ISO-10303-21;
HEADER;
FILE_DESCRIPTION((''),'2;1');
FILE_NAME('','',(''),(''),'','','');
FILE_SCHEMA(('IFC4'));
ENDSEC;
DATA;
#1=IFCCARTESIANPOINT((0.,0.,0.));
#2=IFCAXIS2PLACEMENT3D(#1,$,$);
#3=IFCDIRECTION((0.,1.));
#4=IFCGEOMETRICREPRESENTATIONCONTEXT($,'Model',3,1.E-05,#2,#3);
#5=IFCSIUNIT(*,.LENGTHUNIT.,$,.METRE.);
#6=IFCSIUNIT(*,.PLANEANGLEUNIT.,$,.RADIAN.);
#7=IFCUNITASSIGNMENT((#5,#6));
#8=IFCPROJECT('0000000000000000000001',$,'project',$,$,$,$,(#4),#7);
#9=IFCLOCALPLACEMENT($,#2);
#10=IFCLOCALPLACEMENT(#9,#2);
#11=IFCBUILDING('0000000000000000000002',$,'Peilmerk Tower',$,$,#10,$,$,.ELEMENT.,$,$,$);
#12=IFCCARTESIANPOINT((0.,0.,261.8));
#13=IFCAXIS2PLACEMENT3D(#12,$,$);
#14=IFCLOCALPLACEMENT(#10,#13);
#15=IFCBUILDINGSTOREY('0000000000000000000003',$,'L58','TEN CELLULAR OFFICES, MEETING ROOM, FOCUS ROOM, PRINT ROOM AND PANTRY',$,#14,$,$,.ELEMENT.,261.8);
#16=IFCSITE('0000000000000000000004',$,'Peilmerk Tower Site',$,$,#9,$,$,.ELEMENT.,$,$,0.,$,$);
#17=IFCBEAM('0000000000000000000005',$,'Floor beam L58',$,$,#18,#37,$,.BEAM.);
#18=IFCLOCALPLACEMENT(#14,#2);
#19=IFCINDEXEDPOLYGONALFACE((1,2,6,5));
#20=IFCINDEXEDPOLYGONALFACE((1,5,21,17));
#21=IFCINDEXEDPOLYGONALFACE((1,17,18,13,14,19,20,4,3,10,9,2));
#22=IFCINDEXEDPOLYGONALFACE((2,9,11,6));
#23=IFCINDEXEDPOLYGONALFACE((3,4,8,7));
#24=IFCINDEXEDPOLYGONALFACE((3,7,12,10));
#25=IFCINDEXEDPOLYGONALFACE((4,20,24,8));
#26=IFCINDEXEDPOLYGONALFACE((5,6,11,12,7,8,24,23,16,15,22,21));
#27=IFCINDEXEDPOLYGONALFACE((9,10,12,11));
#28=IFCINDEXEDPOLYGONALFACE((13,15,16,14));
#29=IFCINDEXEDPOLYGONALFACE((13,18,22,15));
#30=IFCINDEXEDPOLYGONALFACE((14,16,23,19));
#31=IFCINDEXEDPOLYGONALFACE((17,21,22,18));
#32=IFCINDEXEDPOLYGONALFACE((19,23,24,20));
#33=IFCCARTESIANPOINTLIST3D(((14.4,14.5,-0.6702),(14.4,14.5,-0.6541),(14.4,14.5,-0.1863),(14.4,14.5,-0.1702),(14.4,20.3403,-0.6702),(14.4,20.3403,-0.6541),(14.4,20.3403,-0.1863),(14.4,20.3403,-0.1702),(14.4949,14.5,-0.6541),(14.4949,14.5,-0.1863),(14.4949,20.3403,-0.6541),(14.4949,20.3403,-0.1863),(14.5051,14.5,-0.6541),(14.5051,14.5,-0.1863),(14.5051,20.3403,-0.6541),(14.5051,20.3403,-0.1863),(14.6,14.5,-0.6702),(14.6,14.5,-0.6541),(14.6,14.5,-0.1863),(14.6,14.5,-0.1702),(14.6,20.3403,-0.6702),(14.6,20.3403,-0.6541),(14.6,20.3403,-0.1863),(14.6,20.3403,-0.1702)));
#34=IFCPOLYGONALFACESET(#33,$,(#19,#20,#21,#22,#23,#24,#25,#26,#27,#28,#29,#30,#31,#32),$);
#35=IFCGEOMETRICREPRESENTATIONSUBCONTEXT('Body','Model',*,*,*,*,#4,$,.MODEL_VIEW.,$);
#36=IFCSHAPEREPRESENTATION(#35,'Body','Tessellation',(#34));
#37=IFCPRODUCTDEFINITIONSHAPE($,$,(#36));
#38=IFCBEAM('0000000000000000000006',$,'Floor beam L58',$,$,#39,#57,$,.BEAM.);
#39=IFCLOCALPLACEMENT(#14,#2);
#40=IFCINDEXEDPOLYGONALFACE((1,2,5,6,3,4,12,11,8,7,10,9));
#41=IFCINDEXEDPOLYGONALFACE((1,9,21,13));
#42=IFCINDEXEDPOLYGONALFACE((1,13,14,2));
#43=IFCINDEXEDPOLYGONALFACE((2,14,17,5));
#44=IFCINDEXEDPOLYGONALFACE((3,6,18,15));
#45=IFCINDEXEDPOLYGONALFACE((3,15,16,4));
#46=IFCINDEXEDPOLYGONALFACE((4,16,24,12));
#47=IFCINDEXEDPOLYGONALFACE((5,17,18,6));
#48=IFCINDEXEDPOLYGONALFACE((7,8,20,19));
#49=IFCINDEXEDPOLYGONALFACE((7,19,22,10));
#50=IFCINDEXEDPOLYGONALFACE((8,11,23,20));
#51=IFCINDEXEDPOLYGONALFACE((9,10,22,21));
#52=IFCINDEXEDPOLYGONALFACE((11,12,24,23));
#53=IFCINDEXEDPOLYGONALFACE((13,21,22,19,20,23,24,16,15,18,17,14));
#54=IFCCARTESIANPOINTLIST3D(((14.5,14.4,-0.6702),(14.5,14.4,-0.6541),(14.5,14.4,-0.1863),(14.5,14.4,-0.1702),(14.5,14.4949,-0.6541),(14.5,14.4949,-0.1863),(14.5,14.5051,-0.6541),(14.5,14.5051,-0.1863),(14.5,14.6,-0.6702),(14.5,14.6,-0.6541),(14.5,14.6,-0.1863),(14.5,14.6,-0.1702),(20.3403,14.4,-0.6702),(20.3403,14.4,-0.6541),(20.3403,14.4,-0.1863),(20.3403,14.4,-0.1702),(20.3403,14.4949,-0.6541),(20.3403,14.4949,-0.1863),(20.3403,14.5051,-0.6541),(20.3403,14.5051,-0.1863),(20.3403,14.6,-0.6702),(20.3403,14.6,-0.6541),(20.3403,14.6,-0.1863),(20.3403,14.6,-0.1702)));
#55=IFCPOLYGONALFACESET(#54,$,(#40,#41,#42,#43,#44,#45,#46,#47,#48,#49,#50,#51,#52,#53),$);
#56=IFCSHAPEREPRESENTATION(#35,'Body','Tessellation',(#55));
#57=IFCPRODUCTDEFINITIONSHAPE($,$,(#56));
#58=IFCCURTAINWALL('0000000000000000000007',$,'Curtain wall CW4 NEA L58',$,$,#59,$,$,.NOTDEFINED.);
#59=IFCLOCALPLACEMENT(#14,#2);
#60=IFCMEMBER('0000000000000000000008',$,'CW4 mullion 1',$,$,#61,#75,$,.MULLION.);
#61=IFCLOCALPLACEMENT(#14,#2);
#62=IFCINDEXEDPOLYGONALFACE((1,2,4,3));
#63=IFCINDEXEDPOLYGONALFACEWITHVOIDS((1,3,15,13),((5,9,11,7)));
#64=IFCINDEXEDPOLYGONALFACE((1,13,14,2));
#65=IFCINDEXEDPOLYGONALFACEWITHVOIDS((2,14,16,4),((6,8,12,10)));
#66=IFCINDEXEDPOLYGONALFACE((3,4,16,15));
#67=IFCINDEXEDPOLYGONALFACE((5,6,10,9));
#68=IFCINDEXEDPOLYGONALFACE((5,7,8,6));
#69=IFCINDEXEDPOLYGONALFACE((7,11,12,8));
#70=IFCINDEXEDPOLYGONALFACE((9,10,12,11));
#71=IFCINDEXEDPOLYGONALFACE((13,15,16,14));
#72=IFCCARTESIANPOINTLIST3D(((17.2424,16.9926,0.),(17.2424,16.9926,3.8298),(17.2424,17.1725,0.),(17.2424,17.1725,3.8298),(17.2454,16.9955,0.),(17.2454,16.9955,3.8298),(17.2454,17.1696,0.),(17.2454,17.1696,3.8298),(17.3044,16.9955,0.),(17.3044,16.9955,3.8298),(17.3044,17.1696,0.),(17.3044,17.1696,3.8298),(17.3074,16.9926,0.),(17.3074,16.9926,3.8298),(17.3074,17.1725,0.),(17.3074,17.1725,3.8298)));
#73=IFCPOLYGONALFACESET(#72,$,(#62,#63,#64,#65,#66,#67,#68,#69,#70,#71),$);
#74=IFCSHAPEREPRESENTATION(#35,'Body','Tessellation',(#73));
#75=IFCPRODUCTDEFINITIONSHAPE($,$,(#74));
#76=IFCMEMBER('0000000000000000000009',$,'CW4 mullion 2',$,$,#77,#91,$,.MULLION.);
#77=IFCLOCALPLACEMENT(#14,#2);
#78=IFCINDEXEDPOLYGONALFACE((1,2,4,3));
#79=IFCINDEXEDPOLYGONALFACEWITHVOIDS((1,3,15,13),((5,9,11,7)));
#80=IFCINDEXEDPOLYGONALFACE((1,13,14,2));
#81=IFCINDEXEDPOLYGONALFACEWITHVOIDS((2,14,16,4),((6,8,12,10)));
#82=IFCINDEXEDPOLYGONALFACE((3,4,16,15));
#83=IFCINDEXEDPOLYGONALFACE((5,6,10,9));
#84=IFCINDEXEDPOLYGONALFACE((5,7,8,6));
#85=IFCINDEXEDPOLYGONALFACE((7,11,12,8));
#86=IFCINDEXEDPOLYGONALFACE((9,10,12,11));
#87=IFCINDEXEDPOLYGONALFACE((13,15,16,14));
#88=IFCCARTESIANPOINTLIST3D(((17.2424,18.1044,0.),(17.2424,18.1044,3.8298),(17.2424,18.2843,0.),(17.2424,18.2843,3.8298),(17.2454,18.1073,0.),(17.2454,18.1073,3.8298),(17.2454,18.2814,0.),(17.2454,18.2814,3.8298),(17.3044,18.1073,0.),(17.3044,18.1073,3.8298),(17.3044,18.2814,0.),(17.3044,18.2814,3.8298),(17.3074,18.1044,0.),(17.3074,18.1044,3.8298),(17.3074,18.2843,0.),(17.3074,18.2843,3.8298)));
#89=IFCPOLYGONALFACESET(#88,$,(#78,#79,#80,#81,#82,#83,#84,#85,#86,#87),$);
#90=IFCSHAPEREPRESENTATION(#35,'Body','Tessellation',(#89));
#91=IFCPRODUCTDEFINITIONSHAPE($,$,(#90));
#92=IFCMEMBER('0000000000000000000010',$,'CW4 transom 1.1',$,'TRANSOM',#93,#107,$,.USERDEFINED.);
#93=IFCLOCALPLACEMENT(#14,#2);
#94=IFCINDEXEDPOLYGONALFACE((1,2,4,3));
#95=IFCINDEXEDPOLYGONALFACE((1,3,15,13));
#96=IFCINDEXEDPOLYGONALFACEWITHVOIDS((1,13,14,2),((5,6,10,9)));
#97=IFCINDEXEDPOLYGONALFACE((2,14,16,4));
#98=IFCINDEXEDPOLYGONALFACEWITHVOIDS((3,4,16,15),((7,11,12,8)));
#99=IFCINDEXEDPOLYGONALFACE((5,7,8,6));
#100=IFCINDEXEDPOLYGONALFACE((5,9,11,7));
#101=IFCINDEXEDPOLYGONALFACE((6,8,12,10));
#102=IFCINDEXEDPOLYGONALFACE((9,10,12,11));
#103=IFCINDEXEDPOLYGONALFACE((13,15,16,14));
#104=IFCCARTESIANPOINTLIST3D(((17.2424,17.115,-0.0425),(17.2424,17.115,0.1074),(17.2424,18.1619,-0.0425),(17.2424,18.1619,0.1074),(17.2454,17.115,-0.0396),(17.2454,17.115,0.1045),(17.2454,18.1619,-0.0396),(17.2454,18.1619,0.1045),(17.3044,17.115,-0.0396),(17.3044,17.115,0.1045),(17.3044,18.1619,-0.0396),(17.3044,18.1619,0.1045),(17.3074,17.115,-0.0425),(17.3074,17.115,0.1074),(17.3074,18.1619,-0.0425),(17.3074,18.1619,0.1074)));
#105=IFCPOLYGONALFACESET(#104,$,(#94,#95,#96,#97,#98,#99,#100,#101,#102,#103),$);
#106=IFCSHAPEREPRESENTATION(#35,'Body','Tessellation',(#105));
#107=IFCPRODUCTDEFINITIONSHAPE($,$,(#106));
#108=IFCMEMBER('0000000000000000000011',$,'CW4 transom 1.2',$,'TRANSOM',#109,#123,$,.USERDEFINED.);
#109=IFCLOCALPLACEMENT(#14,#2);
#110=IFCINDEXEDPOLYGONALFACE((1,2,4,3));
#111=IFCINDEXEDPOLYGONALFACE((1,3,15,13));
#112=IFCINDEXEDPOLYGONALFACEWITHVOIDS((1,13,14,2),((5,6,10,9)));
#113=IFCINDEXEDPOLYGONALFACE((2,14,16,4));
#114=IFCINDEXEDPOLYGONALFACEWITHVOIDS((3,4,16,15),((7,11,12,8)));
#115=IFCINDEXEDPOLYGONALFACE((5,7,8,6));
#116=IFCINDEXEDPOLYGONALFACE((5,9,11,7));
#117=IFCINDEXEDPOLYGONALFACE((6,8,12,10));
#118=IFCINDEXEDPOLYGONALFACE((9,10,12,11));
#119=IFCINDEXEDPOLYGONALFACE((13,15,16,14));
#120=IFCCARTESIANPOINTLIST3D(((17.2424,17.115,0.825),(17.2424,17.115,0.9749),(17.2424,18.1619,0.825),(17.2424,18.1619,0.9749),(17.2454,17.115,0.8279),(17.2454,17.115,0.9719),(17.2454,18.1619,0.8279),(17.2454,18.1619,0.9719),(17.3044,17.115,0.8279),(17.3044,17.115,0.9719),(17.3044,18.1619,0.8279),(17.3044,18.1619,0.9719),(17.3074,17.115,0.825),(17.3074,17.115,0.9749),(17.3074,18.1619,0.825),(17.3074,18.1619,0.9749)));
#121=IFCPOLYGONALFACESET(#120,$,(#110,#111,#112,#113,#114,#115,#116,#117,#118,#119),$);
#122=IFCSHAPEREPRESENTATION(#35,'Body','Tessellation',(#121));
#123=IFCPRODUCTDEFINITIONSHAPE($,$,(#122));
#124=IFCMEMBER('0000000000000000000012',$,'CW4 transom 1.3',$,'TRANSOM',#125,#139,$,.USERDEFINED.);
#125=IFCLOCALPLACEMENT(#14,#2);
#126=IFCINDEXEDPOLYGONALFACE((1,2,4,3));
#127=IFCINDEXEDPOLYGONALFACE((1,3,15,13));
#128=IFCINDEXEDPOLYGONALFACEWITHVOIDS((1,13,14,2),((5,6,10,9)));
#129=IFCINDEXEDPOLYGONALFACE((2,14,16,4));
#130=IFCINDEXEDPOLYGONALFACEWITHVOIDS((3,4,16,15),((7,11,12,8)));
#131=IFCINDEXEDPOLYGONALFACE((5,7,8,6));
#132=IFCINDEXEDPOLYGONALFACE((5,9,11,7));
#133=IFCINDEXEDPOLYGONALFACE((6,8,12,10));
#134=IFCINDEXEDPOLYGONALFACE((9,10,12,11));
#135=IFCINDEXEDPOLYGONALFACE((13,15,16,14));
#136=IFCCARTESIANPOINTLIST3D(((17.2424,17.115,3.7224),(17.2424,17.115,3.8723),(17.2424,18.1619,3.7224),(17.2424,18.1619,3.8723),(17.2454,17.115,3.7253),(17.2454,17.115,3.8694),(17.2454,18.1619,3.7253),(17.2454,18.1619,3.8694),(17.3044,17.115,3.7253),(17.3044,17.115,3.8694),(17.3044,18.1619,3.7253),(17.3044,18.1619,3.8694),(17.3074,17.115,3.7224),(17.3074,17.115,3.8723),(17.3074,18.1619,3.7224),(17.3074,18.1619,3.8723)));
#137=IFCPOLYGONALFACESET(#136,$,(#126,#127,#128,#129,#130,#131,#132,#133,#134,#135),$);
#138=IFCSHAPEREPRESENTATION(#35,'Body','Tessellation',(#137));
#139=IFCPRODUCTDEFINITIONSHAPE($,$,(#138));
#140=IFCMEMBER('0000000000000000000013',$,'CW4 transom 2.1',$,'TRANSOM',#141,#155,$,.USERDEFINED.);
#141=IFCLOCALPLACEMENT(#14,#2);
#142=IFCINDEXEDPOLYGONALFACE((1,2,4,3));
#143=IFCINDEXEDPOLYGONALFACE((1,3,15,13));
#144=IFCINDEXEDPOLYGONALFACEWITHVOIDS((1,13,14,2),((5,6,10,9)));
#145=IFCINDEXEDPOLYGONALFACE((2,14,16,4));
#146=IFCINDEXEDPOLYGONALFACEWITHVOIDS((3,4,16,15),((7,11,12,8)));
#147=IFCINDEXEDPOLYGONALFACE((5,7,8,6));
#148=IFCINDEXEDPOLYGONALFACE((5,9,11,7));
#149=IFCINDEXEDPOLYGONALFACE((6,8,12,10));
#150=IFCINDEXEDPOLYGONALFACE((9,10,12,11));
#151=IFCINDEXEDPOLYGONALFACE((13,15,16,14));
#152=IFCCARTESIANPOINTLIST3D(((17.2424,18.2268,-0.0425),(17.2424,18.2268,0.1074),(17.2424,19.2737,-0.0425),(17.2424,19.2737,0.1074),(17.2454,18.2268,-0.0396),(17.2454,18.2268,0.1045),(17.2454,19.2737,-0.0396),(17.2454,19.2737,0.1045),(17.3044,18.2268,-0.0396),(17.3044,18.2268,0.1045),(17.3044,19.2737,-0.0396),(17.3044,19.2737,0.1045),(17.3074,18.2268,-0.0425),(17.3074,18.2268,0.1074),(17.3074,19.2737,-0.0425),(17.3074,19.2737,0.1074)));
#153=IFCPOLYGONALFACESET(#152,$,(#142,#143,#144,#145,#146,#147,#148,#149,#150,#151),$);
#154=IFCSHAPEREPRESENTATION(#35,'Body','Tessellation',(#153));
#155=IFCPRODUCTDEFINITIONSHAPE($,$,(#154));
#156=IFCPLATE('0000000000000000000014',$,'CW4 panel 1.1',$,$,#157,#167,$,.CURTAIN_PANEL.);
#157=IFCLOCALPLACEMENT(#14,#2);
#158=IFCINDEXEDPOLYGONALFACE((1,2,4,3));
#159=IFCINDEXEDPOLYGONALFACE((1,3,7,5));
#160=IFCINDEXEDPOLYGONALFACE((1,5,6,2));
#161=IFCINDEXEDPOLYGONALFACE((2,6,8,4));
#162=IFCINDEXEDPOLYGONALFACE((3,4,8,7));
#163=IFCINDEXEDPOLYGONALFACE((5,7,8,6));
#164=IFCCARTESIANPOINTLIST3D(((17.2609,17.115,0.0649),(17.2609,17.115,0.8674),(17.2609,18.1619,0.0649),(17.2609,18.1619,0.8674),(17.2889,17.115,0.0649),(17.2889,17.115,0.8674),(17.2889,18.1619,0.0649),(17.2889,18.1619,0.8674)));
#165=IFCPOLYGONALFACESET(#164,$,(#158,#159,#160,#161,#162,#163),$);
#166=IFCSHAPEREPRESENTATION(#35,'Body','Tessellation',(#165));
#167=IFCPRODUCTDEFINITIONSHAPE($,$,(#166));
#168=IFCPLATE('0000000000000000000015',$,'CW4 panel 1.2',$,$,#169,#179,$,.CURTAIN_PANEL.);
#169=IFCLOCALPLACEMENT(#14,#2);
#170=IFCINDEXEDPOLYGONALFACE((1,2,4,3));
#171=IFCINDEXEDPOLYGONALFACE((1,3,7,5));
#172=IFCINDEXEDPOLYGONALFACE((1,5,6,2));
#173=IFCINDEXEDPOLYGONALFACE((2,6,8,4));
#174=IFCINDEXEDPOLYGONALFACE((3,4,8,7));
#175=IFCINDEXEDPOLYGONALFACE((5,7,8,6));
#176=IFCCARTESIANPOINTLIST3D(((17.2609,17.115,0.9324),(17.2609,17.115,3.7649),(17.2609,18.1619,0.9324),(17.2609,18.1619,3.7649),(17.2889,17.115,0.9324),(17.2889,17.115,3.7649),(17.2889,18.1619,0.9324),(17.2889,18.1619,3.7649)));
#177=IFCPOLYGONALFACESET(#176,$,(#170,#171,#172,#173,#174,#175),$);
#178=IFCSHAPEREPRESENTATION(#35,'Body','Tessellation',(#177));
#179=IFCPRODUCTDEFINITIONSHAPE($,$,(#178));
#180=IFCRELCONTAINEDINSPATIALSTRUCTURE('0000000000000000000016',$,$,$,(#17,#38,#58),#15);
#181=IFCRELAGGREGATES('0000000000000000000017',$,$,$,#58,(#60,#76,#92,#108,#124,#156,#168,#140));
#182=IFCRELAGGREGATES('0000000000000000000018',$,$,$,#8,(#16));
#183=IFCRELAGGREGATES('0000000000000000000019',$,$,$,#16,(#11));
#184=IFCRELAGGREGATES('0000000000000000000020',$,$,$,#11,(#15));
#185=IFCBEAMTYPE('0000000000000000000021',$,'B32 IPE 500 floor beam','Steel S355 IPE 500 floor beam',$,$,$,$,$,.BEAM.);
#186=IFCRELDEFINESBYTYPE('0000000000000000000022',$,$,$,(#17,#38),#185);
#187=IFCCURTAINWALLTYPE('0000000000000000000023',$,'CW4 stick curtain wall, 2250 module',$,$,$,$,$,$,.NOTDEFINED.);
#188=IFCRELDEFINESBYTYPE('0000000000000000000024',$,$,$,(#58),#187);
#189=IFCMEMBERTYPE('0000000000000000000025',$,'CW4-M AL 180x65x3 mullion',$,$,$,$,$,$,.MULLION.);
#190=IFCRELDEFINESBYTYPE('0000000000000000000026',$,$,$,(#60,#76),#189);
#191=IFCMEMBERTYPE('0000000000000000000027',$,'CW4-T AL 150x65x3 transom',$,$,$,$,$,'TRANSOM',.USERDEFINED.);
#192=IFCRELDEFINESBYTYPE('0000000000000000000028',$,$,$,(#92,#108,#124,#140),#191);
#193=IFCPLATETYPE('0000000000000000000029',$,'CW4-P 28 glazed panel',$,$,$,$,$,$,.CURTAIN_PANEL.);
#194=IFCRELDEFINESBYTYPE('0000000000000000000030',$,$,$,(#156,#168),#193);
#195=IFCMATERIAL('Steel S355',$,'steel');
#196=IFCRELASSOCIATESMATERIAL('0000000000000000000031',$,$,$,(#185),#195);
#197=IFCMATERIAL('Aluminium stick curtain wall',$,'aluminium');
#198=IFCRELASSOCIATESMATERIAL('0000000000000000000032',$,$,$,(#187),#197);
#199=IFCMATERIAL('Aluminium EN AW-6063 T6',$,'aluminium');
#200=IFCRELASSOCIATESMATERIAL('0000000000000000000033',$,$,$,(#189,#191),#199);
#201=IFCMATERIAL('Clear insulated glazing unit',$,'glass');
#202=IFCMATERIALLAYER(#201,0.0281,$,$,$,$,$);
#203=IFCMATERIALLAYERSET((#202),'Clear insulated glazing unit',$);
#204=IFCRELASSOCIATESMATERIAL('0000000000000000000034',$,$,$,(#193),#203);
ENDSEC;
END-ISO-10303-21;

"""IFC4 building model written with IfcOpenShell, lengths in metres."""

from ifc_helpers import new_model, si_unit, direction, frame, origin, origin_2d, place, context, subcontext, project, spatial, rectangle, hollow_rectangle, i_section, extrude, material, layer, layer_set, material_profile, profile_set, type_object, element, aggregate, save


model = new_model("IFC4")

# Units and contexts
model_context = context("Model", 3, precision=1e-05, world=origin(), true_north=direction((0.0, 1.0)))
body_context = subcontext(model_context, "Body", "Model", "MODEL_VIEW")
ifc_project = project(units=[si_unit("LENGTHUNIT", "METRE"), si_unit("PLANEANGLEUNIT", "RADIAN")], contexts=[model_context])

# Site, building, storey
site_placement = place(None, origin())
site = spatial("IfcSite", under=ifc_project, at=site_placement, Name="Peilmerk Tower Site", CompositionType="ELEMENT", RefElevation=0.0)
building_placement = place(site_placement, origin())
building = spatial("IfcBuilding", under=site, at=building_placement, Name="Peilmerk Tower", CompositionType="ELEMENT")
storey_placement = place(building_placement, frame((0.0, 0.0, 261.8)))
storey = spatial("IfcBuildingStorey", under=building, at=storey_placement, Name="L58", Description="TEN CELLULAR OFFICES, MEETING ROOM, FOCUS ROOM, PRINT ROOM AND PANTRY", CompositionType="ELEMENT", Elevation=261.8)

# Beams
ifc_material_1 = material(Name="Steel S355", Category="steel")
ifc_material_profile_1 = material_profile(ifc_material_1, i_section(OverallWidth=0.2, OverallDepth=0.5, WebThickness=0.0103, FlangeThickness=0.0161, at=origin_2d()), Name="IPE 500")
ifc_profile_set_1 = profile_set([ifc_material_profile_1], Name="Steel S355")
beam_type_1 = type_object("IfcBeamType", Name="B32 IPE 500 floor beam", Description="Steel S355 IPE 500 floor beam", PredefinedType="BEAM", material=ifc_profile_set_1)
for number, where, z_axis, x_axis, name in (
    (1, (14.5, 14.5, -0.4202), (0.0, 1.0, 0.0), (-1.0, 0.0, 0.0), "Floor beam L58"),
    (2, (14.5, 14.5, -0.4202), (1.0, 0.0, 0.0), (0.0, 1.0, 0.0), "Floor beam L58"),
):
    element("IfcBeam", number, at=place(storey_placement, frame(where, z_axis=z_axis, x_axis=x_axis)), inside=storey, type_object=beam_type_1, Name=name, PredefinedType="BEAM", context=body_context, shape_type="SweptSolid", body=[
        extrude(i_section(OverallWidth=0.2, OverallDepth=0.5, WebThickness=0.0103, FlangeThickness=0.0161, at=origin_2d()), origin(), (0.0, 0.0, 1.0), 5.8403),
    ])

# Curtain wall, members, plates
ifc_material_2 = material(Name="Aluminium stick curtain wall", Category="aluminium")
curtain_wall_type = type_object("IfcCurtainWallType", Name="CW4 stick curtain wall, 2250 module", PredefinedType="NOTDEFINED", material=ifc_material_2)
curtain_wall_placement = place(storey_placement, origin())
curtain_wall = element("IfcCurtainWall", 3, at=curtain_wall_placement, inside=storey, type_object=curtain_wall_type, Name="Curtain wall CW4 NEA L58", PredefinedType="NOTDEFINED")
ifc_material_3 = material(Name="Aluminium EN AW-6063 T6", Category="aluminium")
ifc_material_profile_2 = material_profile(ifc_material_3, hollow_rectangle(XDim=0.0649, YDim=0.1799, WallThickness=0.0029, at=origin_2d()), Name="AL 180x65x3")
ifc_profile_set_2 = profile_set([ifc_material_profile_2], Name="Aluminium EN AW-6063 T6")
member_type_1 = type_object("IfcMemberType", Name="CW4-M AL 180x65x3 mullion", PredefinedType="MULLION", material=ifc_profile_set_2)
member_1_placement = place(storey_placement, frame((17.2749, 17.0825, 0.0), z_axis=(0.0, 0.0, 1.0), x_axis=(-1.0, 0.0, 0.0)))
member_1 = element("IfcMember", 4, at=member_1_placement, type_object=member_type_1, Name="CW4 mullion 1", PredefinedType="MULLION", context=body_context, shape_type="SweptSolid", body=[
    extrude(hollow_rectangle(XDim=0.0649, YDim=0.1799, WallThickness=0.0029, at=origin_2d()), origin(), (0.0, 0.0, 1.0), 3.8298),
])
member_2_placement = place(storey_placement, frame((17.2749, 18.1943, 0.0), z_axis=(0.0, 0.0, 1.0), x_axis=(-1.0, 0.0, 0.0)))
member_2 = element("IfcMember", 5, at=member_2_placement, type_object=member_type_1, Name="CW4 mullion 2", PredefinedType="MULLION", context=body_context, shape_type="SweptSolid", body=[
    extrude(hollow_rectangle(XDim=0.0649, YDim=0.1799, WallThickness=0.0029, at=origin_2d()), origin(), (0.0, 0.0, 1.0), 3.8298),
])
ifc_material_profile_3 = material_profile(ifc_material_3, hollow_rectangle(XDim=0.0649, YDim=0.1499, WallThickness=0.0029, at=origin_2d()), Name="AL 150x65x3")
ifc_profile_set_3 = profile_set([ifc_material_profile_3], Name="Aluminium EN AW-6063 T6")
member_type_2 = type_object("IfcMemberType", Name="CW4-T AL 150x65x3 transom", ElementType="TRANSOM", PredefinedType="USERDEFINED", material=ifc_profile_set_3)
member_3_placement = place(storey_placement, frame((17.2749, 17.115, 0.0325), z_axis=(0.0, 1.0, 0.0), x_axis=(-1.0, 0.0, 0.0)))
member_3 = element("IfcMember", 6, at=member_3_placement, type_object=member_type_2, Name="CW4 transom 1.1", ObjectType="TRANSOM", PredefinedType="USERDEFINED", context=body_context, shape_type="SweptSolid", body=[
    extrude(hollow_rectangle(XDim=0.0649, YDim=0.1499, WallThickness=0.0029, at=origin_2d()), origin(), (0.0, 0.0, 1.0), 1.0469),
])
member_4_placement = place(storey_placement, frame((17.2749, 17.115, 0.8999), z_axis=(0.0, 1.0, 0.0), x_axis=(-1.0, 0.0, 0.0)))
member_4 = element("IfcMember", 7, at=member_4_placement, type_object=member_type_2, Name="CW4 transom 1.2", ObjectType="TRANSOM", PredefinedType="USERDEFINED", context=body_context, shape_type="SweptSolid", body=[
    extrude(hollow_rectangle(XDim=0.0649, YDim=0.1499, WallThickness=0.0029, at=origin_2d()), origin(), (0.0, 0.0, 1.0), 1.0469),
])
member_5_placement = place(storey_placement, frame((17.2749, 17.115, 3.7974), z_axis=(0.0, 1.0, 0.0), x_axis=(-1.0, 0.0, 0.0)))
member_5 = element("IfcMember", 8, at=member_5_placement, type_object=member_type_2, Name="CW4 transom 1.3", ObjectType="TRANSOM", PredefinedType="USERDEFINED", context=body_context, shape_type="SweptSolid", body=[
    extrude(hollow_rectangle(XDim=0.0649, YDim=0.1499, WallThickness=0.0029, at=origin_2d()), origin(), (0.0, 0.0, 1.0), 1.0469),
])
member_6_placement = place(storey_placement, frame((17.2749, 18.2268, 0.0325), z_axis=(0.0, 1.0, 0.0), x_axis=(-1.0, 0.0, 0.0)))
member_6 = element("IfcMember", 9, at=member_6_placement, type_object=member_type_2, Name="CW4 transom 2.1", ObjectType="TRANSOM", PredefinedType="USERDEFINED", context=body_context, shape_type="SweptSolid", body=[
    extrude(hollow_rectangle(XDim=0.0649, YDim=0.1499, WallThickness=0.0029, at=origin_2d()), origin(), (0.0, 0.0, 1.0), 1.0469),
])
ifc_material_4 = material(Name="Clear insulated glazing unit", Category="glass")
ifc_layer_1 = layer(ifc_material_4, 0.0281)
ifc_layer_set_1 = layer_set([ifc_layer_1], Name="Clear insulated glazing unit")
plate_type = type_object("IfcPlateType", Name="CW4-P 28 glazed panel", PredefinedType="CURTAIN_PANEL", material=ifc_layer_set_1)
plate_1_placement = place(storey_placement, frame((17.2749, 17.6384, 0.0649), z_axis=(0.0, 0.0, 1.0), x_axis=(0.0, 1.0, 0.0)))
plate_1 = element("IfcPlate", 10, at=plate_1_placement, type_object=plate_type, Name="CW4 panel 1.1", PredefinedType="CURTAIN_PANEL", context=body_context, shape_type="SweptSolid", body=[
    extrude(rectangle(XDim=1.0469, YDim=0.0281, at=origin_2d()), origin(), (0.0, 0.0, 1.0), 0.8025),
])
plate_2_placement = place(storey_placement, frame((17.2749, 17.6384, 0.9324), z_axis=(0.0, 0.0, 1.0), x_axis=(0.0, 1.0, 0.0)))
plate_2 = element("IfcPlate", 11, at=plate_2_placement, type_object=plate_type, Name="CW4 panel 1.2", PredefinedType="CURTAIN_PANEL", context=body_context, shape_type="SweptSolid", body=[
    extrude(rectangle(XDim=1.0469, YDim=0.0281, at=origin_2d()), origin(), (0.0, 0.0, 1.0), 2.8325),
])
aggregate(curtain_wall, [member_1, member_2, member_3, member_4, member_5, plate_1, plate_2, member_6])

save(model, "model.ifc")
